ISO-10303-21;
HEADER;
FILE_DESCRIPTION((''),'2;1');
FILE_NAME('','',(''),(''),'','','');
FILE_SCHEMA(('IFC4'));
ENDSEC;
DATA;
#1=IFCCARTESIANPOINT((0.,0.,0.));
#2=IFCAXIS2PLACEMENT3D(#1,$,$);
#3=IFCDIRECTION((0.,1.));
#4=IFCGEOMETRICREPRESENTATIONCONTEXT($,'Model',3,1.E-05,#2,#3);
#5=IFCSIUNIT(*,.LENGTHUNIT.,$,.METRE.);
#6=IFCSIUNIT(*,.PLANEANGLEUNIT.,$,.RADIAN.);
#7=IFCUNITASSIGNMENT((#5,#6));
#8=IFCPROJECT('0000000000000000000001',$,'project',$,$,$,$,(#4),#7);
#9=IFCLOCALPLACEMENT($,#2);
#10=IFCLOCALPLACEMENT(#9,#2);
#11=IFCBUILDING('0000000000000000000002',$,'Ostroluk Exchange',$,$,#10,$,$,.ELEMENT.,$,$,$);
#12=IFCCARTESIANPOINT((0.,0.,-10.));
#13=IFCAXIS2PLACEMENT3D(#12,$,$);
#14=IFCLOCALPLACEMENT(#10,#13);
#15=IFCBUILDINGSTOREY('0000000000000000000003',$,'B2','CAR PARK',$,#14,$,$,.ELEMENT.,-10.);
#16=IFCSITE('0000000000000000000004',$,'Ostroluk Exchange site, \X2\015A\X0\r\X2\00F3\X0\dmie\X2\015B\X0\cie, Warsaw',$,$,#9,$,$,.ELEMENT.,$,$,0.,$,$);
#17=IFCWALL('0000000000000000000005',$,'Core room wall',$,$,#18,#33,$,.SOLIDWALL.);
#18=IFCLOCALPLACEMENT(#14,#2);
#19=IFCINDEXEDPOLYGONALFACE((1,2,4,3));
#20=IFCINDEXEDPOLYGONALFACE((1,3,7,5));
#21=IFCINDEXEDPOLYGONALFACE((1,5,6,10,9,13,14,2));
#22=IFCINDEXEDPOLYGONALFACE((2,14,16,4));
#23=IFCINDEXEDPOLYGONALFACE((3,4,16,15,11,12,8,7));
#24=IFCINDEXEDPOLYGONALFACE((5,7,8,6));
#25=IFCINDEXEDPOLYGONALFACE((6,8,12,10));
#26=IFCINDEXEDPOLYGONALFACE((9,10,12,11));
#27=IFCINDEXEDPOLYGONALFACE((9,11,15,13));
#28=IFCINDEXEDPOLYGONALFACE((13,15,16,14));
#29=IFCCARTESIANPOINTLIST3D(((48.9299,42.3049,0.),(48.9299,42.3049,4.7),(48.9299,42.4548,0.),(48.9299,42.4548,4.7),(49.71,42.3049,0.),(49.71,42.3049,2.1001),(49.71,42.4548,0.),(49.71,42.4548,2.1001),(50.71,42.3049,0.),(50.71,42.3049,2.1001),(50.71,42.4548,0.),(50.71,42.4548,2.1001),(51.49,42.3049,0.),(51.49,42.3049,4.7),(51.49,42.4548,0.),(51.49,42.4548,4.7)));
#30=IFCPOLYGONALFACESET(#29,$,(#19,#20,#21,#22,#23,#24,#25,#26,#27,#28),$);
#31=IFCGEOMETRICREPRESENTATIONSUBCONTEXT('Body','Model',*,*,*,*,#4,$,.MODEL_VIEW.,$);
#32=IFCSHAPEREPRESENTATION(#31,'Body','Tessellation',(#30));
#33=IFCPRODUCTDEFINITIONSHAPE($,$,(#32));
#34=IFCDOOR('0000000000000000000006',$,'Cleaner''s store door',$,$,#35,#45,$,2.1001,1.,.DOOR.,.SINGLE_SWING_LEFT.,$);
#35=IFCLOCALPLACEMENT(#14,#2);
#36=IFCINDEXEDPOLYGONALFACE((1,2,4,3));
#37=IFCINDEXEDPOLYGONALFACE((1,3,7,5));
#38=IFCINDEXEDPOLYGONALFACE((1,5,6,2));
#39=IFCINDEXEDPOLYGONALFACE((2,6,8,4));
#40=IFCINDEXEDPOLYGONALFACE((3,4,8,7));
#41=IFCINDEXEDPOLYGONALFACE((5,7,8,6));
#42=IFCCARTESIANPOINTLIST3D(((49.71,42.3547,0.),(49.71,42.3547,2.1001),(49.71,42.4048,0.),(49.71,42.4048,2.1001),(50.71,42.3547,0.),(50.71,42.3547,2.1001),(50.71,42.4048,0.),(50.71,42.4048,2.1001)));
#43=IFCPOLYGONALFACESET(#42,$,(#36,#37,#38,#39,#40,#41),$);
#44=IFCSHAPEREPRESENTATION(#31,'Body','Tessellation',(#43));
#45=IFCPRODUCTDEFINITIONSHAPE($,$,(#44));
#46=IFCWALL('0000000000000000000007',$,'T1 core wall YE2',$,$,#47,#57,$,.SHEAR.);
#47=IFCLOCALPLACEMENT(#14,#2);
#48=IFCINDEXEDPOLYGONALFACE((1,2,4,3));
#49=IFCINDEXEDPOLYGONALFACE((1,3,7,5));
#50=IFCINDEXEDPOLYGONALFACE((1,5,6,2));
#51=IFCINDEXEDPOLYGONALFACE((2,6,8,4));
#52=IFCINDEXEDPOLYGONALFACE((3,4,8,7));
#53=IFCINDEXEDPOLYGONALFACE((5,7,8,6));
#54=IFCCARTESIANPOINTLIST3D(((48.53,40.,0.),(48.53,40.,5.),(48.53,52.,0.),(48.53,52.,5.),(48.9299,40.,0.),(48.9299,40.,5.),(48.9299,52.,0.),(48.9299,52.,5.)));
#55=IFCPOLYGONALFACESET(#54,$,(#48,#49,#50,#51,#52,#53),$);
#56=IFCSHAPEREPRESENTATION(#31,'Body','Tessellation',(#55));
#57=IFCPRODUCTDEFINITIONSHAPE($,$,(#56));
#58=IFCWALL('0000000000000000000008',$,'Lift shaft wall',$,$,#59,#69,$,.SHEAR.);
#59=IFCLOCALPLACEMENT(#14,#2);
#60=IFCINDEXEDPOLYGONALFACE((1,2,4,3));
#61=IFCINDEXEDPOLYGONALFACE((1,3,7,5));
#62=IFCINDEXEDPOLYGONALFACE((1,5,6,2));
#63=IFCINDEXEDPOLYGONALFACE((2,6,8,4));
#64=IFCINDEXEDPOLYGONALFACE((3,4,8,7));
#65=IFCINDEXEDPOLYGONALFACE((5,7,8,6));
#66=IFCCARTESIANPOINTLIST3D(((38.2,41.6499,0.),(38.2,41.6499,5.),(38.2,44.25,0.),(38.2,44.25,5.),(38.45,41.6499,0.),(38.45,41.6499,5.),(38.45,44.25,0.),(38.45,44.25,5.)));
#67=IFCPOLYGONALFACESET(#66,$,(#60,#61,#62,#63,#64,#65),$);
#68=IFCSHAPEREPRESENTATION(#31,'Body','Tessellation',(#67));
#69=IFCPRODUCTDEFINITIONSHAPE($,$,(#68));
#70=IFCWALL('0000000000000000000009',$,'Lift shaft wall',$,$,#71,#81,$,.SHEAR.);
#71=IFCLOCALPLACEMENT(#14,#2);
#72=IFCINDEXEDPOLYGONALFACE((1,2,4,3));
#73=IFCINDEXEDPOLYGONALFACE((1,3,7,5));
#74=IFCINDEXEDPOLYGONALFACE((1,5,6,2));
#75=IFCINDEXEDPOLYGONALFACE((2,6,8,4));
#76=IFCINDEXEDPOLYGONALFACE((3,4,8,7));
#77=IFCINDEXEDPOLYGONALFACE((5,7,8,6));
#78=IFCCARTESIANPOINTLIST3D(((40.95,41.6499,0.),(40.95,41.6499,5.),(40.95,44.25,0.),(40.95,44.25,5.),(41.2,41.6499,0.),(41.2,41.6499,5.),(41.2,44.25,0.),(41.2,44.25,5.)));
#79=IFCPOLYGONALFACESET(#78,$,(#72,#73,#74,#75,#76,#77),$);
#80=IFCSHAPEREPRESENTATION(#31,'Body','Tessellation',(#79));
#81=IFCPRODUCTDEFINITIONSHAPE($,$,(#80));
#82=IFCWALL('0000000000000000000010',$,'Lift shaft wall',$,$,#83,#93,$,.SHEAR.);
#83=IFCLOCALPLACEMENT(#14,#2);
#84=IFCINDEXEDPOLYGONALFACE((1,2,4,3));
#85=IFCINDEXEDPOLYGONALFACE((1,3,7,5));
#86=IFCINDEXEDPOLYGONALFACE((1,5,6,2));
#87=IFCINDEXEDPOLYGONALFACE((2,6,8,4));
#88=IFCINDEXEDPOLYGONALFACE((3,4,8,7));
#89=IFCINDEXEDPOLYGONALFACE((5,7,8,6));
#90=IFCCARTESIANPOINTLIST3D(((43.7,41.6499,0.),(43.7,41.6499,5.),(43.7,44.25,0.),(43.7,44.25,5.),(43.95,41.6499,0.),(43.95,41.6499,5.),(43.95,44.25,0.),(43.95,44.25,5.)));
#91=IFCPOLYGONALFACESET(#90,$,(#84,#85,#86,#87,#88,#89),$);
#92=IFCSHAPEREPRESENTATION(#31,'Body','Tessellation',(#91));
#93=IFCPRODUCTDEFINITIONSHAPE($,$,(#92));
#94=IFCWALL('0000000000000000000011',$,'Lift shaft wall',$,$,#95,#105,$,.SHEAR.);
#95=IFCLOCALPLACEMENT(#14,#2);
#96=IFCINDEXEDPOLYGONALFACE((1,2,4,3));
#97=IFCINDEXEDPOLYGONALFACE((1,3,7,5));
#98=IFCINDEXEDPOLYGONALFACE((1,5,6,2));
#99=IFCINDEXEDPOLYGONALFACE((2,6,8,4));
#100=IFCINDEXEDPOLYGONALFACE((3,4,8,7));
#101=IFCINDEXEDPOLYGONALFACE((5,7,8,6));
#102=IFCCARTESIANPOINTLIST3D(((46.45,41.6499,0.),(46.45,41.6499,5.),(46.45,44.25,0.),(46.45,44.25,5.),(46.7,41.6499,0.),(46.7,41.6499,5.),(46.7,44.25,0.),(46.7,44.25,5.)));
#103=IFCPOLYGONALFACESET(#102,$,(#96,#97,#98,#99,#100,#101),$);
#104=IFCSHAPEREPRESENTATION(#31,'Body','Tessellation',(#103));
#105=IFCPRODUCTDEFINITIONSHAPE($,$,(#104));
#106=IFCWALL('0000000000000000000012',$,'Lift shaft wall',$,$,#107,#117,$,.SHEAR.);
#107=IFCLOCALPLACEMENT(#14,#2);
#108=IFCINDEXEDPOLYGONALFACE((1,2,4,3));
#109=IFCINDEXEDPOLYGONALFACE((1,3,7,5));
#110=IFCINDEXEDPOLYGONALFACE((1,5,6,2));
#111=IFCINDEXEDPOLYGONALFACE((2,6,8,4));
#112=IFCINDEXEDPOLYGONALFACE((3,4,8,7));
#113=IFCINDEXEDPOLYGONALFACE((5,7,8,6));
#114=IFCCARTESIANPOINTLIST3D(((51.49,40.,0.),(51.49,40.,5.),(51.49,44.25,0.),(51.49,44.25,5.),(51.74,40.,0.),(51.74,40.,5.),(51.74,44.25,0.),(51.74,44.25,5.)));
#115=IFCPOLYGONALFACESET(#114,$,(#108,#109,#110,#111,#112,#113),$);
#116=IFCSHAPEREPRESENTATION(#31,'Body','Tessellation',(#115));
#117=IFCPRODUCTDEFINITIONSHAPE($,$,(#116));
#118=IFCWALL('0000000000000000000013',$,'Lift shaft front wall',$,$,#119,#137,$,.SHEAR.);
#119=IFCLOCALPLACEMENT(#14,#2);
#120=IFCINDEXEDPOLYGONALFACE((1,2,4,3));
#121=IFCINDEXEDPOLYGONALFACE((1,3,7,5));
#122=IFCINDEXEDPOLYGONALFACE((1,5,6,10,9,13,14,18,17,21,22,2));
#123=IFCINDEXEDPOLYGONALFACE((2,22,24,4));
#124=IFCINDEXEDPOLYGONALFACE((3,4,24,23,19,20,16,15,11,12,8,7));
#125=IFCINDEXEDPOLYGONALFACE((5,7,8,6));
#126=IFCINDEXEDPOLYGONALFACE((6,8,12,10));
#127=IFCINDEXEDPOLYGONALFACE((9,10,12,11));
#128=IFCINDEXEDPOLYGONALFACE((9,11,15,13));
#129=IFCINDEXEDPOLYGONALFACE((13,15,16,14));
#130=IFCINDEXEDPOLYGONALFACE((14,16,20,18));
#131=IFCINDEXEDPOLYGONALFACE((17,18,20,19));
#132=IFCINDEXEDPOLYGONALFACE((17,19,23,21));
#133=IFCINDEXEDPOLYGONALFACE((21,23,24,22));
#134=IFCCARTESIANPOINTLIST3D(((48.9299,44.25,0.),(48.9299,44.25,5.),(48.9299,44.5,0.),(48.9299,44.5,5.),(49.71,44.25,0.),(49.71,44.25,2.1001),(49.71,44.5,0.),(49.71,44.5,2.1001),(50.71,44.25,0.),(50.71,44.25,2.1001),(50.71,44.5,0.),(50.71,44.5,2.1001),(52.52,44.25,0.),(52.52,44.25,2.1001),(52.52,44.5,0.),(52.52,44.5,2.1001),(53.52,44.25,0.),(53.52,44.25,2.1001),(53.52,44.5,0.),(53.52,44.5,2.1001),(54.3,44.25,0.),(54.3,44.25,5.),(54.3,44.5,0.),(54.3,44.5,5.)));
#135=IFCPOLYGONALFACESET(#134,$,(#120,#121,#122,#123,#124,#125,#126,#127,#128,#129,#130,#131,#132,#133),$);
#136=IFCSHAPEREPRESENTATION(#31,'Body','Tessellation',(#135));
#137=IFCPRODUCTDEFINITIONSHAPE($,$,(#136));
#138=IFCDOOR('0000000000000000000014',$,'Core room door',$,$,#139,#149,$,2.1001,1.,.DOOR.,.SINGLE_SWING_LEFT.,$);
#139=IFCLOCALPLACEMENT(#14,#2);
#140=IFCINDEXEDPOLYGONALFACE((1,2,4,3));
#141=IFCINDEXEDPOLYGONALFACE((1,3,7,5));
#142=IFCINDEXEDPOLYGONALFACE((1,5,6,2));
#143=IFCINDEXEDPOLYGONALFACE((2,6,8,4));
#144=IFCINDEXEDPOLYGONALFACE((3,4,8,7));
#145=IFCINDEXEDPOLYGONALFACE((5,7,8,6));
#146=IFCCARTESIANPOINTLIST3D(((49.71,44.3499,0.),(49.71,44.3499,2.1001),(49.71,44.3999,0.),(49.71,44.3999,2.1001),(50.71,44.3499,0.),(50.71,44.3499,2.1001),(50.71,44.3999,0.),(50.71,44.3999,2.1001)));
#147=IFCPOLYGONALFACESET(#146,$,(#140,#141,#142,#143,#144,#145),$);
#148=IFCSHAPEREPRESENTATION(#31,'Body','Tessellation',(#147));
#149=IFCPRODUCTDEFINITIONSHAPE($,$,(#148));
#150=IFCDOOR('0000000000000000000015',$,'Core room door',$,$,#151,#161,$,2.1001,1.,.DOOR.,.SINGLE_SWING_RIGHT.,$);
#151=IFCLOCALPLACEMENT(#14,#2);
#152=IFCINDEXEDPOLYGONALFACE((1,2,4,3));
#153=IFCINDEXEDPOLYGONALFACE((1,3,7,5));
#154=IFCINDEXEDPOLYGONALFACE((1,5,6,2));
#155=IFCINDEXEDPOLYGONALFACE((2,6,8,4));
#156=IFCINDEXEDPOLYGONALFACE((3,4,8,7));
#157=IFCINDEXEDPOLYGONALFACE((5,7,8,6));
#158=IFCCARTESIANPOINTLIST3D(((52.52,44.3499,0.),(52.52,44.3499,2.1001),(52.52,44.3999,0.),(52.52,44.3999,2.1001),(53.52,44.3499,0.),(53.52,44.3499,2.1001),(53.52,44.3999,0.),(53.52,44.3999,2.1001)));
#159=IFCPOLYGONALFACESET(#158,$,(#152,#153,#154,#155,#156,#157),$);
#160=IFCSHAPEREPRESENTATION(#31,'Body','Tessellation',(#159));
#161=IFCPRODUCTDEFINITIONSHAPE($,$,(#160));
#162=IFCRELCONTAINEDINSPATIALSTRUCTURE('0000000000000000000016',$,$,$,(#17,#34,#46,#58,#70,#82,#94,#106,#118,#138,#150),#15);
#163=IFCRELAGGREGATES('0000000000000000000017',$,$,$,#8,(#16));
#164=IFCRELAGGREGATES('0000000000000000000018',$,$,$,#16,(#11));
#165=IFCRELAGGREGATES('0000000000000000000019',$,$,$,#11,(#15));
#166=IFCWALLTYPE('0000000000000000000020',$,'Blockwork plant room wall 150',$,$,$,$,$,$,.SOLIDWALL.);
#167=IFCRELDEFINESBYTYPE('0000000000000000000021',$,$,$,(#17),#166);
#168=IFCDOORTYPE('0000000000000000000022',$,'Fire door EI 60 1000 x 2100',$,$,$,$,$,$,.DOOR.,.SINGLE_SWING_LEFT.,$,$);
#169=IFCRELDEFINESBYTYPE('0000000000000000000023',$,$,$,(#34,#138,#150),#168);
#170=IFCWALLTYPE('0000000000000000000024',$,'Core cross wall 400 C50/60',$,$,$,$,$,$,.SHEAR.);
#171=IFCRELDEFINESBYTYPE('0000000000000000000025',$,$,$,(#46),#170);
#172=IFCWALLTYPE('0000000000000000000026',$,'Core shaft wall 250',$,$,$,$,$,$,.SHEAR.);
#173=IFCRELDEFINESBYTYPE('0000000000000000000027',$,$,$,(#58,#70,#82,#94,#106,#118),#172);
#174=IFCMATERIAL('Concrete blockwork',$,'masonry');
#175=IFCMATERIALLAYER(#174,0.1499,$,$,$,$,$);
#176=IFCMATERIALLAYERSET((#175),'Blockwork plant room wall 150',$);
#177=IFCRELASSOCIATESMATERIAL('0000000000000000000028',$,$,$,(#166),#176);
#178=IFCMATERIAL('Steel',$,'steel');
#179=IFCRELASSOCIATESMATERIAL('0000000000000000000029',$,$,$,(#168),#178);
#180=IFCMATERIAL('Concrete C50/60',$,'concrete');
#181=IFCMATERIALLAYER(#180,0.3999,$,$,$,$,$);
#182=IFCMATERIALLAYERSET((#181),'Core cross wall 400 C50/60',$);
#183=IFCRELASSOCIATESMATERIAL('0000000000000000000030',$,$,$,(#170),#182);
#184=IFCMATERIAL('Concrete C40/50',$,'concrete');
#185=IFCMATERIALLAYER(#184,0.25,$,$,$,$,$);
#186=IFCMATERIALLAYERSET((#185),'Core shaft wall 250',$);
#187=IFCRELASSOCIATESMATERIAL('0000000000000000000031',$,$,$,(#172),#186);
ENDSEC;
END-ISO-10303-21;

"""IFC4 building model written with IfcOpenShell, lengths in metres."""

from ifc_helpers import new_model, si_unit, direction, frame, frame_2d, origin, place, context, subcontext, project, spatial, rectangle, extrude, material, layer, layer_set, type_object, element, fill, save


model = new_model("IFC4")

# Units and contexts
model_context = context("Model", 3, precision=1e-05, world=origin(), true_north=direction((0.0, 1.0)))
body_context = subcontext(model_context, "Body", "Model", "MODEL_VIEW")
ifc_project = project(units=[si_unit("LENGTHUNIT", "METRE"), si_unit("PLANEANGLEUNIT", "RADIAN")], contexts=[model_context])

# Site, building, storey
site_placement = place(None, origin())
site = spatial("IfcSite", under=ifc_project, at=site_placement, Name="Ostroluk Exchange site, Śródmieście, Warsaw", CompositionType="ELEMENT", RefElevation=0.0)
building_placement = place(site_placement, origin())
building = spatial("IfcBuilding", under=site, at=building_placement, Name="Ostroluk Exchange", CompositionType="ELEMENT")
storey_placement = place(building_placement, frame((0.0, 0.0, -10.0)))
storey = spatial("IfcBuildingStorey", under=building, at=storey_placement, Name="B2", Description="CAR PARK", CompositionType="ELEMENT", Elevation=-10.0)

# Wall, opening, door
ifc_material_1 = material(Name="Concrete blockwork", Category="masonry")
ifc_layer_1 = layer(ifc_material_1, 0.1499)
ifc_layer_set_1 = layer_set([ifc_layer_1], Name="Blockwork plant room wall 150")
wall_type_1 = type_object("IfcWallType", Name="Blockwork plant room wall 150", PredefinedType="SOLIDWALL", material=ifc_layer_set_1)
wall_1_placement = place(storey_placement, frame((48.9299, 42.3799, 0.0), z_axis=(0.0, 0.0, 1.0), x_axis=(1.0, 0.0, 0.0)))
wall_1 = element("IfcWall", 1, at=wall_1_placement, inside=storey, type_object=wall_type_1, Name="Core room wall", PredefinedType="SOLIDWALL", context=body_context, shape_type="SweptSolid", body=[
    extrude(rectangle(XDim=2.5601, YDim=0.1499, at=frame_2d((1.28, 0.0))), origin(), (0.0, 0.0, 1.0), 4.7),
])
opening_1_placement = place(wall_1_placement, frame((0.78, 0.0, 0.0)))
opening_1 = element("IfcOpeningElement", 2, at=opening_1_placement, cuts=wall_1, PredefinedType="OPENING", context=body_context, shape_type="SweptSolid", body=[
    extrude(rectangle(XDim=1.0, YDim=2.1001, at=frame_2d((0.5, 1.05))), frame((0.0, 0.085, 0.0), z_axis=(0.0, -1.0, 0.0), x_axis=(1.0, 0.0, 0.0)), (0.0, 0.0, 1.0), 0.1699),
])
ifc_material_2 = material(Name="Steel", Category="steel")
door_type = type_object("IfcDoorType", Name="Fire door EI 60 1000 x 2100", OperationType="SINGLE_SWING_LEFT", PredefinedType="DOOR", material=ifc_material_2)
door_1_placement = place(opening_1_placement, origin())
door_1 = element("IfcDoor", 3, at=door_1_placement, inside=storey, type_object=door_type, Name="Cleaner's store door", OperationType="SINGLE_SWING_LEFT", OverallHeight=2.1001, OverallWidth=1.0, PredefinedType="DOOR", context=body_context, shape_type="SweptSolid", body=[
    extrude(rectangle(XDim=1.0, YDim=2.1001, at=frame_2d((0.5, 1.05))), frame((0.0, 0.0249, 0.0), z_axis=(0.0, -1.0, 0.0), x_axis=(1.0, 0.0, 0.0)), (0.0, 0.0, 1.0), 0.05),
])
fill(opening_1, door_1)

# Walls
ifc_material_3 = material(Name="Concrete C50/60", Category="concrete")
ifc_layer_2 = layer(ifc_material_3, 0.3999)
ifc_layer_set_2 = layer_set([ifc_layer_2], Name="Core cross wall 400 C50/60")
wall_type_2 = type_object("IfcWallType", Name="Core cross wall 400 C50/60", PredefinedType="SHEAR", material=ifc_layer_set_2)
wall_2_placement = place(storey_placement, frame((48.73, 40.0, 0.0), z_axis=(0.0, 0.0, 1.0), x_axis=(0.0, 1.0, 0.0)))
element("IfcWall", 4, at=wall_2_placement, inside=storey, type_object=wall_type_2, Name="T1 core wall YE2", PredefinedType="SHEAR", context=body_context, shape_type="SweptSolid", body=[
    extrude(rectangle(XDim=12.0, YDim=0.3999, at=frame_2d((6.0, 0.0))), origin(), (0.0, 0.0, 1.0), 5.0),
])
ifc_material_4 = material(Name="Concrete C40/50", Category="concrete")
ifc_layer_3 = layer(ifc_material_4, 0.25)
ifc_layer_set_3 = layer_set([ifc_layer_3], Name="Core shaft wall 250")
wall_type_3 = type_object("IfcWallType", Name="Core shaft wall 250", PredefinedType="SHEAR", material=ifc_layer_set_3)
for number, where, z_axis, x_axis, name in (
    (5, (38.325, 44.25, 0.0), (0.0, 0.0, 1.0), (0.0, -1.0, 0.0), "Lift shaft wall"),
    (6, (41.075, 44.25, 0.0), (0.0, 0.0, 1.0), (0.0, -1.0, 0.0), "Lift shaft wall"),
    (7, (43.825, 44.25, 0.0), (0.0, 0.0, 1.0), (0.0, -1.0, 0.0), "Lift shaft wall"),
    (8, (46.575, 44.25, 0.0), (0.0, 0.0, 1.0), (0.0, -1.0, 0.0), "Lift shaft wall"),
):
    element("IfcWall", number, at=place(storey_placement, frame(where, z_axis=z_axis, x_axis=x_axis)), inside=storey, type_object=wall_type_3, Name=name, PredefinedType="SHEAR", context=body_context, shape_type="SweptSolid", body=[
        extrude(rectangle(XDim=2.6001, YDim=0.25, at=frame_2d((1.3, 0.0))), origin(), (0.0, 0.0, 1.0), 5.0),
    ])
wall_3_placement = place(storey_placement, frame((51.615, 44.25, 0.0), z_axis=(0.0, 0.0, 1.0), x_axis=(0.0, -1.0, 0.0)))
element("IfcWall", 9, at=wall_3_placement, inside=storey, type_object=wall_type_3, Name="Lift shaft wall", PredefinedType="SHEAR", context=body_context, shape_type="SweptSolid", body=[
    extrude(rectangle(XDim=4.25, YDim=0.25, at=frame_2d((2.125, 0.0))), origin(), (0.0, 0.0, 1.0), 5.0),
])

# Wall, openings, doors
wall_4_placement = place(storey_placement, frame((48.9299, 44.375, 0.0), z_axis=(0.0, 0.0, 1.0), x_axis=(1.0, 0.0, 0.0)))
wall_4 = element("IfcWall", 10, at=wall_4_placement, inside=storey, type_object=wall_type_3, Name="Lift shaft front wall", PredefinedType="SHEAR", context=body_context, shape_type="SweptSolid", body=[
    extrude(rectangle(XDim=5.3701, YDim=0.25, at=frame_2d((2.6851, 0.0))), origin(), (0.0, 0.0, 1.0), 5.0),
])
opening_2_placement = place(wall_4_placement, frame((0.78, 0.0, 0.0)))
opening_2 = element("IfcOpeningElement", 11, at=opening_2_placement, cuts=wall_4, PredefinedType="OPENING", context=body_context, shape_type="SweptSolid", body=[
    extrude(rectangle(XDim=1.0, YDim=2.1001, at=frame_2d((0.5, 1.05))), frame((0.0, 0.135, 0.0), z_axis=(0.0, -1.0, 0.0), x_axis=(1.0, 0.0, 0.0)), (0.0, 0.0, 1.0), 0.27),
])
opening_3_placement = place(wall_4_placement, frame((3.5901, 0.0, 0.0)))
opening_3 = element("IfcOpeningElement", 12, at=opening_3_placement, cuts=wall_4, PredefinedType="OPENING", context=body_context, shape_type="SweptSolid", body=[
    extrude(rectangle(XDim=1.0, YDim=2.1001, at=frame_2d((0.5, 1.05))), frame((0.0, 0.135, 0.0), z_axis=(0.0, -1.0, 0.0), x_axis=(1.0, 0.0, 0.0)), (0.0, 0.0, 1.0), 0.27),
])
door_2_placement = place(opening_2_placement, origin())
door_2 = element("IfcDoor", 13, at=door_2_placement, inside=storey, type_object=door_type, Name="Core room door", OperationType="SINGLE_SWING_LEFT", OverallHeight=2.1001, OverallWidth=1.0, PredefinedType="DOOR", context=body_context, shape_type="SweptSolid", body=[
    extrude(rectangle(XDim=1.0, YDim=2.1001, at=frame_2d((0.5, 1.05))), frame((0.0, 0.0249, 0.0), z_axis=(0.0, -1.0, 0.0), x_axis=(1.0, 0.0, 0.0)), (0.0, 0.0, 1.0), 0.05),
])
fill(opening_2, door_2)
door_3_placement = place(opening_3_placement, origin())
door_3 = element("IfcDoor", 14, at=door_3_placement, inside=storey, type_object=door_type, Name="Core room door", OperationType="SINGLE_SWING_RIGHT", OverallHeight=2.1001, OverallWidth=1.0, PredefinedType="DOOR", context=body_context, shape_type="SweptSolid", body=[
    extrude(rectangle(XDim=1.0, YDim=2.1001, at=frame_2d((0.5, 1.05))), frame((0.0, 0.0249, 0.0), z_axis=(0.0, -1.0, 0.0), x_axis=(1.0, 0.0, 0.0)), (0.0, 0.0, 1.0), 0.05),
])
fill(opening_3, door_3)

save(model, "model.ifc")
